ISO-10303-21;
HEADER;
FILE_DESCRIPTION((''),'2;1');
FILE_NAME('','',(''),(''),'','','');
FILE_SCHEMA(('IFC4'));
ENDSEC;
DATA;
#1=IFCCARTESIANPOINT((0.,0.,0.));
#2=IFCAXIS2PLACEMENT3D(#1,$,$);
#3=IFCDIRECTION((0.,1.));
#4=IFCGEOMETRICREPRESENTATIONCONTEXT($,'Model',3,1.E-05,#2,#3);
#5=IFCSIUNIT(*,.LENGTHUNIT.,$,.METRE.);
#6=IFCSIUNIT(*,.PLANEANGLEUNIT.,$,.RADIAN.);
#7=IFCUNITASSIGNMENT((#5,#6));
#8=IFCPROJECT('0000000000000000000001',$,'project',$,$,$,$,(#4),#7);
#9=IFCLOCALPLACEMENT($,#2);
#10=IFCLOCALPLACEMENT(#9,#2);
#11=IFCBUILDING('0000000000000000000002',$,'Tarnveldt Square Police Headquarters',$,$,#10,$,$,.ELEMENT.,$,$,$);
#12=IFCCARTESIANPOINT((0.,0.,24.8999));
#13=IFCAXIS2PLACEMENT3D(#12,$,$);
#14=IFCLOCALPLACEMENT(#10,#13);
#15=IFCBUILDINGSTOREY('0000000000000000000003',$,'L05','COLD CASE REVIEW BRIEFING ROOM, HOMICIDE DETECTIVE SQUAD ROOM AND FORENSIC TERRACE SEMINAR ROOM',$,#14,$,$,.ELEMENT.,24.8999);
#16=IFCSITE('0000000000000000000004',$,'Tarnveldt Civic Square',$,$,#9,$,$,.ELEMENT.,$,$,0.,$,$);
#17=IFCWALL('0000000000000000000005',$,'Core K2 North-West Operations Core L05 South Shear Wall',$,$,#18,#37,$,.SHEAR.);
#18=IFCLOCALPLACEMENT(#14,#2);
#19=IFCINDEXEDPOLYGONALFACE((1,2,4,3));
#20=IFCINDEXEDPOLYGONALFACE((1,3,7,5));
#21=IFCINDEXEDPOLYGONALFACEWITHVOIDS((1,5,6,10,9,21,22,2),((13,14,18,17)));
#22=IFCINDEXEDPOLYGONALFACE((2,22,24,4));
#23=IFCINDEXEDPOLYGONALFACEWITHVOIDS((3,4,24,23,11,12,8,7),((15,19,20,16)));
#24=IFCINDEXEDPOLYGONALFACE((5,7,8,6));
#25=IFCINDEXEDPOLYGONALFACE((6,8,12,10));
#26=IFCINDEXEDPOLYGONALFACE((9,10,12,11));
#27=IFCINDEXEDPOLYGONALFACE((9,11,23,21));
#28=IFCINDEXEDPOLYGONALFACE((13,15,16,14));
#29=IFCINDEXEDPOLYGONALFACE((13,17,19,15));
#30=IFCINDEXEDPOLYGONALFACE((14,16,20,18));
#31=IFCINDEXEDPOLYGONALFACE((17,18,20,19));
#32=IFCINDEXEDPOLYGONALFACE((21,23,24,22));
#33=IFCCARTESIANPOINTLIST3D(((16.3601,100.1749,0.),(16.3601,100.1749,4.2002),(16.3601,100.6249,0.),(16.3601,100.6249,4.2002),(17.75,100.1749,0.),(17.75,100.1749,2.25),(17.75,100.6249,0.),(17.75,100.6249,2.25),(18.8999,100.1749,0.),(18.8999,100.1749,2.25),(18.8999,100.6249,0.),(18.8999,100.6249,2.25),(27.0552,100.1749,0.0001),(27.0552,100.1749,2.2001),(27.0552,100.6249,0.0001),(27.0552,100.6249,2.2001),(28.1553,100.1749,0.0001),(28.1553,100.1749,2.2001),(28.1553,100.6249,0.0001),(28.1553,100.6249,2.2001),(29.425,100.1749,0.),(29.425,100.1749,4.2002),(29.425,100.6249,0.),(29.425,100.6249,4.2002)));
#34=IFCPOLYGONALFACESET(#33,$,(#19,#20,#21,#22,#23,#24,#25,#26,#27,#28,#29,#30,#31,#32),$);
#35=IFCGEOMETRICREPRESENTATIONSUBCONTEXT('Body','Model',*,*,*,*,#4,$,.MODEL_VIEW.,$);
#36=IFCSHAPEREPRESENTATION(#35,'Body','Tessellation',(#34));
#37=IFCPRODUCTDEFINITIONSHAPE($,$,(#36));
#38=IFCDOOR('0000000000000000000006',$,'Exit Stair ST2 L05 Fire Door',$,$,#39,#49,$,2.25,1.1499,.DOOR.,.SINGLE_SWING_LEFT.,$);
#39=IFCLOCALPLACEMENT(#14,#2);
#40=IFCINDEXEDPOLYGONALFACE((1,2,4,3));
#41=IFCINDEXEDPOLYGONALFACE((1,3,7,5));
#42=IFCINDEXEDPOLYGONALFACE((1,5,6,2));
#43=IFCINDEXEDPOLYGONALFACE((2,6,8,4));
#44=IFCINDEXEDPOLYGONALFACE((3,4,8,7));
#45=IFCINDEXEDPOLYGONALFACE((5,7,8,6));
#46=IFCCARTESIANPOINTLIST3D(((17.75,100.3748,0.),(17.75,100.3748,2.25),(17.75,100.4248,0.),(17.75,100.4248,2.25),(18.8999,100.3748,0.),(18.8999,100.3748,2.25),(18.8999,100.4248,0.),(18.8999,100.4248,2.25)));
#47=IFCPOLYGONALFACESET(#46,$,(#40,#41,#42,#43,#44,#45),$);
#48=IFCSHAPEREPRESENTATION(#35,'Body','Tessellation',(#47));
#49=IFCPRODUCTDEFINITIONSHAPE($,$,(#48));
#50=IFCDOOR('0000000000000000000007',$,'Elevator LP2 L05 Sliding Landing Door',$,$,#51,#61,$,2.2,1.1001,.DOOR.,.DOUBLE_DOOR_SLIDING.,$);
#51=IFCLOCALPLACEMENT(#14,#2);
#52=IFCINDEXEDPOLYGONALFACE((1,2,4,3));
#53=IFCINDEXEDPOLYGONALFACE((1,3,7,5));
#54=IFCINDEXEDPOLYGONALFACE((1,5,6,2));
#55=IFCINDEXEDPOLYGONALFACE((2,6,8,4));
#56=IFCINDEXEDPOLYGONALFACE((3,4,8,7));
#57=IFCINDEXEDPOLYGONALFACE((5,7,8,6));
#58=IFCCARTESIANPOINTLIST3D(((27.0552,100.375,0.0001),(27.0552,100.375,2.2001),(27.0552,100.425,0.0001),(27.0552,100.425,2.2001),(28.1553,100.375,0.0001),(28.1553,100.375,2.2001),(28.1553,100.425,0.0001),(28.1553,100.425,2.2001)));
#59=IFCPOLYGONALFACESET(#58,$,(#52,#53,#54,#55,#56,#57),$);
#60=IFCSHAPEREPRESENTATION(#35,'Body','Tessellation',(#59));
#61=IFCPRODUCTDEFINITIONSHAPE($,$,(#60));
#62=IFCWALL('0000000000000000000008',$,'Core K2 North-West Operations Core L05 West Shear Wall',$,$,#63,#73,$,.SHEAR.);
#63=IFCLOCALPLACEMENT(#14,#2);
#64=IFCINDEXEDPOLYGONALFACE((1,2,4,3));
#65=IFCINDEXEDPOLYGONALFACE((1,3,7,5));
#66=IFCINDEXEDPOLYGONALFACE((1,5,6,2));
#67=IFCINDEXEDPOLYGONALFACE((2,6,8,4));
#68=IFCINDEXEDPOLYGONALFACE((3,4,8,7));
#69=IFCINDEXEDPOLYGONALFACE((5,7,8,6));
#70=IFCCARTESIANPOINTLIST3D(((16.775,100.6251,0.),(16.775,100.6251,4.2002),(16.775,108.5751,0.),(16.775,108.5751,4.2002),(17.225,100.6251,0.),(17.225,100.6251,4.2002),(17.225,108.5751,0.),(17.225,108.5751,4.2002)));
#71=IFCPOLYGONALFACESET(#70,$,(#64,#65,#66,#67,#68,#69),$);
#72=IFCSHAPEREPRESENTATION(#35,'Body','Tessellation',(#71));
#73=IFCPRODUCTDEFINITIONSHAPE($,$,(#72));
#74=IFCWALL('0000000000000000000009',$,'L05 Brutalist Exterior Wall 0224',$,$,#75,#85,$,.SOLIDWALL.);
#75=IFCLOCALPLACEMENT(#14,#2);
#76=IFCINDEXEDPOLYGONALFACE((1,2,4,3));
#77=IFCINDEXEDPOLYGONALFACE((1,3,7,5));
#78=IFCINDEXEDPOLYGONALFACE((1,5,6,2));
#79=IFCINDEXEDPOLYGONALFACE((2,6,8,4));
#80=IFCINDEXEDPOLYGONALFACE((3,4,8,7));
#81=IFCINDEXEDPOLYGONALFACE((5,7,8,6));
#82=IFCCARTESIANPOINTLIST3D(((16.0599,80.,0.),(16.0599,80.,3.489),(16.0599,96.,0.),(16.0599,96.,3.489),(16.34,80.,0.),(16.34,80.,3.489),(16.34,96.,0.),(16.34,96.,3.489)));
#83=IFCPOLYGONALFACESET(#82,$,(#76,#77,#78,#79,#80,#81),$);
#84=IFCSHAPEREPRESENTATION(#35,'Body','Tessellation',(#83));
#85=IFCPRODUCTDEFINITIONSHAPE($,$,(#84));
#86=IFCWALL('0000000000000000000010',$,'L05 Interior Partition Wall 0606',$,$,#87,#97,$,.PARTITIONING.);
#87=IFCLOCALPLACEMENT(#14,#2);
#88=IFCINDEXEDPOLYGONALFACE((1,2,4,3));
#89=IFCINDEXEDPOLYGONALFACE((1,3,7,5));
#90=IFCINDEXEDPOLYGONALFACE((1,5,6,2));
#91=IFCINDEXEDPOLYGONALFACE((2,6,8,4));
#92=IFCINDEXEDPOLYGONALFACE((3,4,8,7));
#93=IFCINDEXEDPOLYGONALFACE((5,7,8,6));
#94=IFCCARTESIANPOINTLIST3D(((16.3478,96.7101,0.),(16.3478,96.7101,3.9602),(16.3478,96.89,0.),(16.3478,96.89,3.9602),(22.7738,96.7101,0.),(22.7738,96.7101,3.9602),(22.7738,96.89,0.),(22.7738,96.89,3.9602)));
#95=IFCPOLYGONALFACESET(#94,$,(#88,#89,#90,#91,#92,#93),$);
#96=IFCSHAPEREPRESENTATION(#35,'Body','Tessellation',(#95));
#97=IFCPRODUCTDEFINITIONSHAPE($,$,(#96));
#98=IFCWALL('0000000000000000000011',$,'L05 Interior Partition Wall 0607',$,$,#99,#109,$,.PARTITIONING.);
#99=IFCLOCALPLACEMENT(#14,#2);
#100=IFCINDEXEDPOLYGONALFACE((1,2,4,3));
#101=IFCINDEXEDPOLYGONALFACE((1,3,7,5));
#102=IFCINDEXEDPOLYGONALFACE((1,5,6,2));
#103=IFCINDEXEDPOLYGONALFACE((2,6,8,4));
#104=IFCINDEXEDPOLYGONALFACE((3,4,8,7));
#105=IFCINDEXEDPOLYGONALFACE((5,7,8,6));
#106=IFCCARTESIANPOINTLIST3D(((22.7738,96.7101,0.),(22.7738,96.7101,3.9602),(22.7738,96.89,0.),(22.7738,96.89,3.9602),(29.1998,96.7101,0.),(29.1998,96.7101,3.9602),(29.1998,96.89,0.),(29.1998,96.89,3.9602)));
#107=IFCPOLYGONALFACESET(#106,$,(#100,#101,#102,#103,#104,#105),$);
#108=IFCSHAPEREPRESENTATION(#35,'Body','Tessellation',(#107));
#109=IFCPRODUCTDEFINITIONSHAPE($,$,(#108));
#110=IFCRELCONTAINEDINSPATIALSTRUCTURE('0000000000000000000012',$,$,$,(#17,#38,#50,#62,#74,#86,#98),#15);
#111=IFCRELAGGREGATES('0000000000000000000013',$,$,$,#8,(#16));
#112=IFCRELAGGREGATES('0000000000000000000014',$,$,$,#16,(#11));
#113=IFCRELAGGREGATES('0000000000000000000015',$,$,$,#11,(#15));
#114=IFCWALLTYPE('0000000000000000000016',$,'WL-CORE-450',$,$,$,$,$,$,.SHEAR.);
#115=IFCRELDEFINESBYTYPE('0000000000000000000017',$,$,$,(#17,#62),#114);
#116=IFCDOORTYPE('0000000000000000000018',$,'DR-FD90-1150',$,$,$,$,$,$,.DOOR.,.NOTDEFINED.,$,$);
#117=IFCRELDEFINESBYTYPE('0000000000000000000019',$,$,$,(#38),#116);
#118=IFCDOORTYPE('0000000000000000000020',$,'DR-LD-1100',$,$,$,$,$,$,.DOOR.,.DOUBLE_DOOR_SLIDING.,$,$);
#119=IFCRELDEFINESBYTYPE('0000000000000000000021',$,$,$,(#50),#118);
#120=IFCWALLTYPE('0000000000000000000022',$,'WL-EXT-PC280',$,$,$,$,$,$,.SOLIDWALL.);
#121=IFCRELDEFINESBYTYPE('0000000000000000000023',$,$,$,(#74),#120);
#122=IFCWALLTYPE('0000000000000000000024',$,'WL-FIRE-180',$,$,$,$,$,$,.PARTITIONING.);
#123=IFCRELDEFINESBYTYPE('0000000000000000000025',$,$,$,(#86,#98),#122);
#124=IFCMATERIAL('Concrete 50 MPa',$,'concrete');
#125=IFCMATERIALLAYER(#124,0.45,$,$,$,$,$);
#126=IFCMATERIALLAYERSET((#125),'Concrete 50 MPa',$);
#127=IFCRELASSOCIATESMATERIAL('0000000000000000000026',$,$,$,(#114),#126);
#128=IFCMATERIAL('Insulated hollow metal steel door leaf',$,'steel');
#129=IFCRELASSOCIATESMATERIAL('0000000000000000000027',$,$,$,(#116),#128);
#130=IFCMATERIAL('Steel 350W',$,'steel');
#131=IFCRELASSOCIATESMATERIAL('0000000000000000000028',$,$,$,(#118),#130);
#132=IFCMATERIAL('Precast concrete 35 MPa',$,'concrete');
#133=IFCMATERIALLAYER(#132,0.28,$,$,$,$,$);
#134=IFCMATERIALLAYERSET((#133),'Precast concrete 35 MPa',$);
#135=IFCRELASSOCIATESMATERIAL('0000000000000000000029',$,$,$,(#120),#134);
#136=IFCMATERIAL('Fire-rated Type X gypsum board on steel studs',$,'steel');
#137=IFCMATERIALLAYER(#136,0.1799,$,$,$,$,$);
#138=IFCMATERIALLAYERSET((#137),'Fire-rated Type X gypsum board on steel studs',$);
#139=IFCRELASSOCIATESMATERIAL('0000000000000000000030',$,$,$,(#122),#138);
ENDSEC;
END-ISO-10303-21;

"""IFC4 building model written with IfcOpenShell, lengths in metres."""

from ifc_helpers import new_model, si_unit, direction, frame, frame_2d, origin, place, context, subcontext, project, spatial, rectangle, extrude, material, layer, layer_set, type_object, element, fill, save


model = new_model("IFC4")

# Units and contexts
model_context = context("Model", 3, precision=1e-05, world=origin(), true_north=direction((0.0, 1.0)))
body_context = subcontext(model_context, "Body", "Model", "MODEL_VIEW")
ifc_project = project(units=[si_unit("LENGTHUNIT", "METRE"), si_unit("PLANEANGLEUNIT", "RADIAN")], contexts=[model_context])

# Site, building, storey
site_placement = place(None, origin())
site = spatial("IfcSite", under=ifc_project, at=site_placement, Name="Tarnveldt Civic Square", CompositionType="ELEMENT", RefElevation=0.0)
building_placement = place(site_placement, origin())
building = spatial("IfcBuilding", under=site, at=building_placement, Name="Tarnveldt Square Police Headquarters", CompositionType="ELEMENT")
storey_placement = place(building_placement, frame((0.0, 0.0, 24.8999)))
storey = spatial("IfcBuildingStorey", under=building, at=storey_placement, Name="L05", Description="COLD CASE REVIEW BRIEFING ROOM, HOMICIDE DETECTIVE SQUAD ROOM AND FORENSIC TERRACE SEMINAR ROOM", CompositionType="ELEMENT", Elevation=24.8999)

# Shared definitions
ifc_material_1 = material(Name="Steel 350W", Category="steel")

# Wall, openings, doors
ifc_material_2 = material(Name="Concrete 50 MPa", Category="concrete")
ifc_layer_1 = layer(ifc_material_2, 0.45)
ifc_layer_set_1 = layer_set([ifc_layer_1], Name="Concrete 50 MPa")
wall_type_1 = type_object("IfcWallType", Name="WL-CORE-450", PredefinedType="SHEAR", material=ifc_layer_set_1)
wall_1_placement = place(storey_placement, frame((16.3601, 100.3999, 0.0), z_axis=(0.0, 0.0, 1.0), x_axis=(1.0, 0.0, 0.0)))
wall_1 = element("IfcWall", 1, at=wall_1_placement, inside=storey, type_object=wall_type_1, Name="Core K2 North-West Operations Core L05 South Shear Wall", PredefinedType="SHEAR", context=body_context, shape_type="SweptSolid", body=[
    extrude(rectangle(XDim=13.0649, YDim=0.45, at=frame_2d((6.5325, 0.0))), origin(), (0.0, 0.0, 1.0), 4.2002),
])
opening_1_placement = place(wall_1_placement, frame((1.3899, 0.0, 0.0)))
opening_1 = element("IfcOpeningElement", 2, at=opening_1_placement, cuts=wall_1, PredefinedType="OPENING", context=body_context, shape_type="SweptSolid", body=[
    extrude(rectangle(XDim=1.1499, YDim=2.25, at=frame_2d((0.575, 1.125))), frame((0.0, 0.2349, 0.0), z_axis=(0.0, -1.0, 0.0), x_axis=(1.0, 0.0, 0.0)), (0.0, 0.0, 1.0), 0.47),
])
opening_2_placement = place(wall_1_placement, frame((10.6951, 0.0, 0.0)))
opening_2 = element("IfcOpeningElement", 3, at=opening_2_placement, cuts=wall_1, PredefinedType="OPENING", context=body_context, shape_type="SweptSolid", body=[
    extrude(rectangle(XDim=1.1001, YDim=2.2, at=frame_2d((0.55, 1.1001))), frame((0.0, 0.2349, 0.0), z_axis=(0.0, -1.0, 0.0), x_axis=(1.0, 0.0, 0.0)), (0.0, 0.0, 1.0), 0.47),
])
ifc_material_3 = material(Name="Insulated hollow metal steel door leaf", Category="steel")
door_type_1 = type_object("IfcDoorType", Name="DR-FD90-1150", OperationType="NOTDEFINED", PredefinedType="DOOR", material=ifc_material_3)
door_1_placement = place(opening_1_placement, origin())
door_1 = element("IfcDoor", 4, at=door_1_placement, inside=storey, type_object=door_type_1, Name="Exit Stair ST2 L05 Fire Door", OperationType="SINGLE_SWING_LEFT", OverallHeight=2.25, OverallWidth=1.1499, PredefinedType="DOOR", context=body_context, shape_type="SweptSolid", body=[
    extrude(rectangle(XDim=1.1499, YDim=2.25, at=frame_2d((0.575, 1.125))), frame((0.0, 0.0249, 0.0), z_axis=(0.0, -1.0, 0.0), x_axis=(1.0, 0.0, 0.0)), (0.0, 0.0, 1.0), 0.05),
])
fill(opening_1, door_1)
door_type_2 = type_object("IfcDoorType", Name="DR-LD-1100", OperationType="DOUBLE_DOOR_SLIDING", PredefinedType="DOOR", material=ifc_material_1)
door_2_placement = place(opening_2_placement, frame((1.1001, 0.0, 0.0), z_axis=(0.0, 0.0, 1.0), x_axis=(-1.0, 0.0, 0.0)))
door_2 = element("IfcDoor", 5, at=door_2_placement, inside=storey, type_object=door_type_2, Name="Elevator LP2 L05 Sliding Landing Door", OperationType="DOUBLE_DOOR_SLIDING", OverallHeight=2.2, OverallWidth=1.1001, PredefinedType="DOOR", context=body_context, shape_type="SweptSolid", body=[
    extrude(rectangle(XDim=1.1001, YDim=2.2, at=frame_2d((0.55, 1.1001))), frame((0.0, 0.0249, 0.0), z_axis=(0.0, -1.0, 0.0), x_axis=(1.0, 0.0, 0.0)), (0.0, 0.0, 1.0), 0.05),
])
fill(opening_2, door_2)

# Walls
wall_2_placement = place(storey_placement, frame((17.0, 100.625, 0.0), z_axis=(0.0, 0.0, 1.0), x_axis=(0.0, 1.0, 0.0)))
element("IfcWall", 6, at=wall_2_placement, inside=storey, type_object=wall_type_1, Name="Core K2 North-West Operations Core L05 West Shear Wall", PredefinedType="SHEAR", context=body_context, shape_type="SweptSolid", body=[
    extrude(rectangle(XDim=7.95, YDim=0.45, at=frame_2d((3.9751, 0.0))), origin(), (0.0, 0.0, 1.0), 4.2002),
])
ifc_material_4 = material(Name="Precast concrete 35 MPa", Category="concrete")
ifc_layer_2 = layer(ifc_material_4, 0.28)
ifc_layer_set_2 = layer_set([ifc_layer_2], Name="Precast concrete 35 MPa")
wall_type_2 = type_object("IfcWallType", Name="WL-EXT-PC280", PredefinedType="SOLIDWALL", material=ifc_layer_set_2)
wall_3_placement = place(storey_placement, frame((16.2, 96.0, 0.0), z_axis=(0.0, 0.0, 1.0), x_axis=(0.0, -1.0, 0.0)))
element("IfcWall", 7, at=wall_3_placement, inside=storey, type_object=wall_type_2, Name="L05 Brutalist Exterior Wall 0224", PredefinedType="SOLIDWALL", context=body_context, shape_type="SweptSolid", body=[
    extrude(rectangle(XDim=16.0, YDim=0.28, at=frame_2d((8.0, 0.0))), origin(), (0.0, 0.0, 1.0), 3.489),
])
ifc_material_5 = material(Name="Fire-rated Type X gypsum board on steel studs", Category="steel")
ifc_layer_3 = layer(ifc_material_5, 0.1799)
ifc_layer_set_3 = layer_set([ifc_layer_3], Name="Fire-rated Type X gypsum board on steel studs")
wall_type_3 = type_object("IfcWallType", Name="WL-FIRE-180", PredefinedType="PARTITIONING", material=ifc_layer_set_3)
for number, where, z_axis, x_axis, name in (
    (8, (16.3479, 96.8, 0.0), (0.0, 0.0, 1.0), (1.0, 0.0, 0.0), "L05 Interior Partition Wall 0606"),
    (9, (22.7739, 96.8, 0.0), (0.0, 0.0, 1.0), (1.0, 0.0, 0.0), "L05 Interior Partition Wall 0607"),
):
    element("IfcWall", number, at=place(storey_placement, frame(where, z_axis=z_axis, x_axis=x_axis)), inside=storey, type_object=wall_type_3, Name=name, PredefinedType="PARTITIONING", context=body_context, shape_type="SweptSolid", body=[
        extrude(rectangle(XDim=6.426, YDim=0.1799, at=frame_2d((3.2129, 0.0))), origin(), (0.0, 0.0, 1.0), 3.9602),
    ])

save(model, "model.ifc")
